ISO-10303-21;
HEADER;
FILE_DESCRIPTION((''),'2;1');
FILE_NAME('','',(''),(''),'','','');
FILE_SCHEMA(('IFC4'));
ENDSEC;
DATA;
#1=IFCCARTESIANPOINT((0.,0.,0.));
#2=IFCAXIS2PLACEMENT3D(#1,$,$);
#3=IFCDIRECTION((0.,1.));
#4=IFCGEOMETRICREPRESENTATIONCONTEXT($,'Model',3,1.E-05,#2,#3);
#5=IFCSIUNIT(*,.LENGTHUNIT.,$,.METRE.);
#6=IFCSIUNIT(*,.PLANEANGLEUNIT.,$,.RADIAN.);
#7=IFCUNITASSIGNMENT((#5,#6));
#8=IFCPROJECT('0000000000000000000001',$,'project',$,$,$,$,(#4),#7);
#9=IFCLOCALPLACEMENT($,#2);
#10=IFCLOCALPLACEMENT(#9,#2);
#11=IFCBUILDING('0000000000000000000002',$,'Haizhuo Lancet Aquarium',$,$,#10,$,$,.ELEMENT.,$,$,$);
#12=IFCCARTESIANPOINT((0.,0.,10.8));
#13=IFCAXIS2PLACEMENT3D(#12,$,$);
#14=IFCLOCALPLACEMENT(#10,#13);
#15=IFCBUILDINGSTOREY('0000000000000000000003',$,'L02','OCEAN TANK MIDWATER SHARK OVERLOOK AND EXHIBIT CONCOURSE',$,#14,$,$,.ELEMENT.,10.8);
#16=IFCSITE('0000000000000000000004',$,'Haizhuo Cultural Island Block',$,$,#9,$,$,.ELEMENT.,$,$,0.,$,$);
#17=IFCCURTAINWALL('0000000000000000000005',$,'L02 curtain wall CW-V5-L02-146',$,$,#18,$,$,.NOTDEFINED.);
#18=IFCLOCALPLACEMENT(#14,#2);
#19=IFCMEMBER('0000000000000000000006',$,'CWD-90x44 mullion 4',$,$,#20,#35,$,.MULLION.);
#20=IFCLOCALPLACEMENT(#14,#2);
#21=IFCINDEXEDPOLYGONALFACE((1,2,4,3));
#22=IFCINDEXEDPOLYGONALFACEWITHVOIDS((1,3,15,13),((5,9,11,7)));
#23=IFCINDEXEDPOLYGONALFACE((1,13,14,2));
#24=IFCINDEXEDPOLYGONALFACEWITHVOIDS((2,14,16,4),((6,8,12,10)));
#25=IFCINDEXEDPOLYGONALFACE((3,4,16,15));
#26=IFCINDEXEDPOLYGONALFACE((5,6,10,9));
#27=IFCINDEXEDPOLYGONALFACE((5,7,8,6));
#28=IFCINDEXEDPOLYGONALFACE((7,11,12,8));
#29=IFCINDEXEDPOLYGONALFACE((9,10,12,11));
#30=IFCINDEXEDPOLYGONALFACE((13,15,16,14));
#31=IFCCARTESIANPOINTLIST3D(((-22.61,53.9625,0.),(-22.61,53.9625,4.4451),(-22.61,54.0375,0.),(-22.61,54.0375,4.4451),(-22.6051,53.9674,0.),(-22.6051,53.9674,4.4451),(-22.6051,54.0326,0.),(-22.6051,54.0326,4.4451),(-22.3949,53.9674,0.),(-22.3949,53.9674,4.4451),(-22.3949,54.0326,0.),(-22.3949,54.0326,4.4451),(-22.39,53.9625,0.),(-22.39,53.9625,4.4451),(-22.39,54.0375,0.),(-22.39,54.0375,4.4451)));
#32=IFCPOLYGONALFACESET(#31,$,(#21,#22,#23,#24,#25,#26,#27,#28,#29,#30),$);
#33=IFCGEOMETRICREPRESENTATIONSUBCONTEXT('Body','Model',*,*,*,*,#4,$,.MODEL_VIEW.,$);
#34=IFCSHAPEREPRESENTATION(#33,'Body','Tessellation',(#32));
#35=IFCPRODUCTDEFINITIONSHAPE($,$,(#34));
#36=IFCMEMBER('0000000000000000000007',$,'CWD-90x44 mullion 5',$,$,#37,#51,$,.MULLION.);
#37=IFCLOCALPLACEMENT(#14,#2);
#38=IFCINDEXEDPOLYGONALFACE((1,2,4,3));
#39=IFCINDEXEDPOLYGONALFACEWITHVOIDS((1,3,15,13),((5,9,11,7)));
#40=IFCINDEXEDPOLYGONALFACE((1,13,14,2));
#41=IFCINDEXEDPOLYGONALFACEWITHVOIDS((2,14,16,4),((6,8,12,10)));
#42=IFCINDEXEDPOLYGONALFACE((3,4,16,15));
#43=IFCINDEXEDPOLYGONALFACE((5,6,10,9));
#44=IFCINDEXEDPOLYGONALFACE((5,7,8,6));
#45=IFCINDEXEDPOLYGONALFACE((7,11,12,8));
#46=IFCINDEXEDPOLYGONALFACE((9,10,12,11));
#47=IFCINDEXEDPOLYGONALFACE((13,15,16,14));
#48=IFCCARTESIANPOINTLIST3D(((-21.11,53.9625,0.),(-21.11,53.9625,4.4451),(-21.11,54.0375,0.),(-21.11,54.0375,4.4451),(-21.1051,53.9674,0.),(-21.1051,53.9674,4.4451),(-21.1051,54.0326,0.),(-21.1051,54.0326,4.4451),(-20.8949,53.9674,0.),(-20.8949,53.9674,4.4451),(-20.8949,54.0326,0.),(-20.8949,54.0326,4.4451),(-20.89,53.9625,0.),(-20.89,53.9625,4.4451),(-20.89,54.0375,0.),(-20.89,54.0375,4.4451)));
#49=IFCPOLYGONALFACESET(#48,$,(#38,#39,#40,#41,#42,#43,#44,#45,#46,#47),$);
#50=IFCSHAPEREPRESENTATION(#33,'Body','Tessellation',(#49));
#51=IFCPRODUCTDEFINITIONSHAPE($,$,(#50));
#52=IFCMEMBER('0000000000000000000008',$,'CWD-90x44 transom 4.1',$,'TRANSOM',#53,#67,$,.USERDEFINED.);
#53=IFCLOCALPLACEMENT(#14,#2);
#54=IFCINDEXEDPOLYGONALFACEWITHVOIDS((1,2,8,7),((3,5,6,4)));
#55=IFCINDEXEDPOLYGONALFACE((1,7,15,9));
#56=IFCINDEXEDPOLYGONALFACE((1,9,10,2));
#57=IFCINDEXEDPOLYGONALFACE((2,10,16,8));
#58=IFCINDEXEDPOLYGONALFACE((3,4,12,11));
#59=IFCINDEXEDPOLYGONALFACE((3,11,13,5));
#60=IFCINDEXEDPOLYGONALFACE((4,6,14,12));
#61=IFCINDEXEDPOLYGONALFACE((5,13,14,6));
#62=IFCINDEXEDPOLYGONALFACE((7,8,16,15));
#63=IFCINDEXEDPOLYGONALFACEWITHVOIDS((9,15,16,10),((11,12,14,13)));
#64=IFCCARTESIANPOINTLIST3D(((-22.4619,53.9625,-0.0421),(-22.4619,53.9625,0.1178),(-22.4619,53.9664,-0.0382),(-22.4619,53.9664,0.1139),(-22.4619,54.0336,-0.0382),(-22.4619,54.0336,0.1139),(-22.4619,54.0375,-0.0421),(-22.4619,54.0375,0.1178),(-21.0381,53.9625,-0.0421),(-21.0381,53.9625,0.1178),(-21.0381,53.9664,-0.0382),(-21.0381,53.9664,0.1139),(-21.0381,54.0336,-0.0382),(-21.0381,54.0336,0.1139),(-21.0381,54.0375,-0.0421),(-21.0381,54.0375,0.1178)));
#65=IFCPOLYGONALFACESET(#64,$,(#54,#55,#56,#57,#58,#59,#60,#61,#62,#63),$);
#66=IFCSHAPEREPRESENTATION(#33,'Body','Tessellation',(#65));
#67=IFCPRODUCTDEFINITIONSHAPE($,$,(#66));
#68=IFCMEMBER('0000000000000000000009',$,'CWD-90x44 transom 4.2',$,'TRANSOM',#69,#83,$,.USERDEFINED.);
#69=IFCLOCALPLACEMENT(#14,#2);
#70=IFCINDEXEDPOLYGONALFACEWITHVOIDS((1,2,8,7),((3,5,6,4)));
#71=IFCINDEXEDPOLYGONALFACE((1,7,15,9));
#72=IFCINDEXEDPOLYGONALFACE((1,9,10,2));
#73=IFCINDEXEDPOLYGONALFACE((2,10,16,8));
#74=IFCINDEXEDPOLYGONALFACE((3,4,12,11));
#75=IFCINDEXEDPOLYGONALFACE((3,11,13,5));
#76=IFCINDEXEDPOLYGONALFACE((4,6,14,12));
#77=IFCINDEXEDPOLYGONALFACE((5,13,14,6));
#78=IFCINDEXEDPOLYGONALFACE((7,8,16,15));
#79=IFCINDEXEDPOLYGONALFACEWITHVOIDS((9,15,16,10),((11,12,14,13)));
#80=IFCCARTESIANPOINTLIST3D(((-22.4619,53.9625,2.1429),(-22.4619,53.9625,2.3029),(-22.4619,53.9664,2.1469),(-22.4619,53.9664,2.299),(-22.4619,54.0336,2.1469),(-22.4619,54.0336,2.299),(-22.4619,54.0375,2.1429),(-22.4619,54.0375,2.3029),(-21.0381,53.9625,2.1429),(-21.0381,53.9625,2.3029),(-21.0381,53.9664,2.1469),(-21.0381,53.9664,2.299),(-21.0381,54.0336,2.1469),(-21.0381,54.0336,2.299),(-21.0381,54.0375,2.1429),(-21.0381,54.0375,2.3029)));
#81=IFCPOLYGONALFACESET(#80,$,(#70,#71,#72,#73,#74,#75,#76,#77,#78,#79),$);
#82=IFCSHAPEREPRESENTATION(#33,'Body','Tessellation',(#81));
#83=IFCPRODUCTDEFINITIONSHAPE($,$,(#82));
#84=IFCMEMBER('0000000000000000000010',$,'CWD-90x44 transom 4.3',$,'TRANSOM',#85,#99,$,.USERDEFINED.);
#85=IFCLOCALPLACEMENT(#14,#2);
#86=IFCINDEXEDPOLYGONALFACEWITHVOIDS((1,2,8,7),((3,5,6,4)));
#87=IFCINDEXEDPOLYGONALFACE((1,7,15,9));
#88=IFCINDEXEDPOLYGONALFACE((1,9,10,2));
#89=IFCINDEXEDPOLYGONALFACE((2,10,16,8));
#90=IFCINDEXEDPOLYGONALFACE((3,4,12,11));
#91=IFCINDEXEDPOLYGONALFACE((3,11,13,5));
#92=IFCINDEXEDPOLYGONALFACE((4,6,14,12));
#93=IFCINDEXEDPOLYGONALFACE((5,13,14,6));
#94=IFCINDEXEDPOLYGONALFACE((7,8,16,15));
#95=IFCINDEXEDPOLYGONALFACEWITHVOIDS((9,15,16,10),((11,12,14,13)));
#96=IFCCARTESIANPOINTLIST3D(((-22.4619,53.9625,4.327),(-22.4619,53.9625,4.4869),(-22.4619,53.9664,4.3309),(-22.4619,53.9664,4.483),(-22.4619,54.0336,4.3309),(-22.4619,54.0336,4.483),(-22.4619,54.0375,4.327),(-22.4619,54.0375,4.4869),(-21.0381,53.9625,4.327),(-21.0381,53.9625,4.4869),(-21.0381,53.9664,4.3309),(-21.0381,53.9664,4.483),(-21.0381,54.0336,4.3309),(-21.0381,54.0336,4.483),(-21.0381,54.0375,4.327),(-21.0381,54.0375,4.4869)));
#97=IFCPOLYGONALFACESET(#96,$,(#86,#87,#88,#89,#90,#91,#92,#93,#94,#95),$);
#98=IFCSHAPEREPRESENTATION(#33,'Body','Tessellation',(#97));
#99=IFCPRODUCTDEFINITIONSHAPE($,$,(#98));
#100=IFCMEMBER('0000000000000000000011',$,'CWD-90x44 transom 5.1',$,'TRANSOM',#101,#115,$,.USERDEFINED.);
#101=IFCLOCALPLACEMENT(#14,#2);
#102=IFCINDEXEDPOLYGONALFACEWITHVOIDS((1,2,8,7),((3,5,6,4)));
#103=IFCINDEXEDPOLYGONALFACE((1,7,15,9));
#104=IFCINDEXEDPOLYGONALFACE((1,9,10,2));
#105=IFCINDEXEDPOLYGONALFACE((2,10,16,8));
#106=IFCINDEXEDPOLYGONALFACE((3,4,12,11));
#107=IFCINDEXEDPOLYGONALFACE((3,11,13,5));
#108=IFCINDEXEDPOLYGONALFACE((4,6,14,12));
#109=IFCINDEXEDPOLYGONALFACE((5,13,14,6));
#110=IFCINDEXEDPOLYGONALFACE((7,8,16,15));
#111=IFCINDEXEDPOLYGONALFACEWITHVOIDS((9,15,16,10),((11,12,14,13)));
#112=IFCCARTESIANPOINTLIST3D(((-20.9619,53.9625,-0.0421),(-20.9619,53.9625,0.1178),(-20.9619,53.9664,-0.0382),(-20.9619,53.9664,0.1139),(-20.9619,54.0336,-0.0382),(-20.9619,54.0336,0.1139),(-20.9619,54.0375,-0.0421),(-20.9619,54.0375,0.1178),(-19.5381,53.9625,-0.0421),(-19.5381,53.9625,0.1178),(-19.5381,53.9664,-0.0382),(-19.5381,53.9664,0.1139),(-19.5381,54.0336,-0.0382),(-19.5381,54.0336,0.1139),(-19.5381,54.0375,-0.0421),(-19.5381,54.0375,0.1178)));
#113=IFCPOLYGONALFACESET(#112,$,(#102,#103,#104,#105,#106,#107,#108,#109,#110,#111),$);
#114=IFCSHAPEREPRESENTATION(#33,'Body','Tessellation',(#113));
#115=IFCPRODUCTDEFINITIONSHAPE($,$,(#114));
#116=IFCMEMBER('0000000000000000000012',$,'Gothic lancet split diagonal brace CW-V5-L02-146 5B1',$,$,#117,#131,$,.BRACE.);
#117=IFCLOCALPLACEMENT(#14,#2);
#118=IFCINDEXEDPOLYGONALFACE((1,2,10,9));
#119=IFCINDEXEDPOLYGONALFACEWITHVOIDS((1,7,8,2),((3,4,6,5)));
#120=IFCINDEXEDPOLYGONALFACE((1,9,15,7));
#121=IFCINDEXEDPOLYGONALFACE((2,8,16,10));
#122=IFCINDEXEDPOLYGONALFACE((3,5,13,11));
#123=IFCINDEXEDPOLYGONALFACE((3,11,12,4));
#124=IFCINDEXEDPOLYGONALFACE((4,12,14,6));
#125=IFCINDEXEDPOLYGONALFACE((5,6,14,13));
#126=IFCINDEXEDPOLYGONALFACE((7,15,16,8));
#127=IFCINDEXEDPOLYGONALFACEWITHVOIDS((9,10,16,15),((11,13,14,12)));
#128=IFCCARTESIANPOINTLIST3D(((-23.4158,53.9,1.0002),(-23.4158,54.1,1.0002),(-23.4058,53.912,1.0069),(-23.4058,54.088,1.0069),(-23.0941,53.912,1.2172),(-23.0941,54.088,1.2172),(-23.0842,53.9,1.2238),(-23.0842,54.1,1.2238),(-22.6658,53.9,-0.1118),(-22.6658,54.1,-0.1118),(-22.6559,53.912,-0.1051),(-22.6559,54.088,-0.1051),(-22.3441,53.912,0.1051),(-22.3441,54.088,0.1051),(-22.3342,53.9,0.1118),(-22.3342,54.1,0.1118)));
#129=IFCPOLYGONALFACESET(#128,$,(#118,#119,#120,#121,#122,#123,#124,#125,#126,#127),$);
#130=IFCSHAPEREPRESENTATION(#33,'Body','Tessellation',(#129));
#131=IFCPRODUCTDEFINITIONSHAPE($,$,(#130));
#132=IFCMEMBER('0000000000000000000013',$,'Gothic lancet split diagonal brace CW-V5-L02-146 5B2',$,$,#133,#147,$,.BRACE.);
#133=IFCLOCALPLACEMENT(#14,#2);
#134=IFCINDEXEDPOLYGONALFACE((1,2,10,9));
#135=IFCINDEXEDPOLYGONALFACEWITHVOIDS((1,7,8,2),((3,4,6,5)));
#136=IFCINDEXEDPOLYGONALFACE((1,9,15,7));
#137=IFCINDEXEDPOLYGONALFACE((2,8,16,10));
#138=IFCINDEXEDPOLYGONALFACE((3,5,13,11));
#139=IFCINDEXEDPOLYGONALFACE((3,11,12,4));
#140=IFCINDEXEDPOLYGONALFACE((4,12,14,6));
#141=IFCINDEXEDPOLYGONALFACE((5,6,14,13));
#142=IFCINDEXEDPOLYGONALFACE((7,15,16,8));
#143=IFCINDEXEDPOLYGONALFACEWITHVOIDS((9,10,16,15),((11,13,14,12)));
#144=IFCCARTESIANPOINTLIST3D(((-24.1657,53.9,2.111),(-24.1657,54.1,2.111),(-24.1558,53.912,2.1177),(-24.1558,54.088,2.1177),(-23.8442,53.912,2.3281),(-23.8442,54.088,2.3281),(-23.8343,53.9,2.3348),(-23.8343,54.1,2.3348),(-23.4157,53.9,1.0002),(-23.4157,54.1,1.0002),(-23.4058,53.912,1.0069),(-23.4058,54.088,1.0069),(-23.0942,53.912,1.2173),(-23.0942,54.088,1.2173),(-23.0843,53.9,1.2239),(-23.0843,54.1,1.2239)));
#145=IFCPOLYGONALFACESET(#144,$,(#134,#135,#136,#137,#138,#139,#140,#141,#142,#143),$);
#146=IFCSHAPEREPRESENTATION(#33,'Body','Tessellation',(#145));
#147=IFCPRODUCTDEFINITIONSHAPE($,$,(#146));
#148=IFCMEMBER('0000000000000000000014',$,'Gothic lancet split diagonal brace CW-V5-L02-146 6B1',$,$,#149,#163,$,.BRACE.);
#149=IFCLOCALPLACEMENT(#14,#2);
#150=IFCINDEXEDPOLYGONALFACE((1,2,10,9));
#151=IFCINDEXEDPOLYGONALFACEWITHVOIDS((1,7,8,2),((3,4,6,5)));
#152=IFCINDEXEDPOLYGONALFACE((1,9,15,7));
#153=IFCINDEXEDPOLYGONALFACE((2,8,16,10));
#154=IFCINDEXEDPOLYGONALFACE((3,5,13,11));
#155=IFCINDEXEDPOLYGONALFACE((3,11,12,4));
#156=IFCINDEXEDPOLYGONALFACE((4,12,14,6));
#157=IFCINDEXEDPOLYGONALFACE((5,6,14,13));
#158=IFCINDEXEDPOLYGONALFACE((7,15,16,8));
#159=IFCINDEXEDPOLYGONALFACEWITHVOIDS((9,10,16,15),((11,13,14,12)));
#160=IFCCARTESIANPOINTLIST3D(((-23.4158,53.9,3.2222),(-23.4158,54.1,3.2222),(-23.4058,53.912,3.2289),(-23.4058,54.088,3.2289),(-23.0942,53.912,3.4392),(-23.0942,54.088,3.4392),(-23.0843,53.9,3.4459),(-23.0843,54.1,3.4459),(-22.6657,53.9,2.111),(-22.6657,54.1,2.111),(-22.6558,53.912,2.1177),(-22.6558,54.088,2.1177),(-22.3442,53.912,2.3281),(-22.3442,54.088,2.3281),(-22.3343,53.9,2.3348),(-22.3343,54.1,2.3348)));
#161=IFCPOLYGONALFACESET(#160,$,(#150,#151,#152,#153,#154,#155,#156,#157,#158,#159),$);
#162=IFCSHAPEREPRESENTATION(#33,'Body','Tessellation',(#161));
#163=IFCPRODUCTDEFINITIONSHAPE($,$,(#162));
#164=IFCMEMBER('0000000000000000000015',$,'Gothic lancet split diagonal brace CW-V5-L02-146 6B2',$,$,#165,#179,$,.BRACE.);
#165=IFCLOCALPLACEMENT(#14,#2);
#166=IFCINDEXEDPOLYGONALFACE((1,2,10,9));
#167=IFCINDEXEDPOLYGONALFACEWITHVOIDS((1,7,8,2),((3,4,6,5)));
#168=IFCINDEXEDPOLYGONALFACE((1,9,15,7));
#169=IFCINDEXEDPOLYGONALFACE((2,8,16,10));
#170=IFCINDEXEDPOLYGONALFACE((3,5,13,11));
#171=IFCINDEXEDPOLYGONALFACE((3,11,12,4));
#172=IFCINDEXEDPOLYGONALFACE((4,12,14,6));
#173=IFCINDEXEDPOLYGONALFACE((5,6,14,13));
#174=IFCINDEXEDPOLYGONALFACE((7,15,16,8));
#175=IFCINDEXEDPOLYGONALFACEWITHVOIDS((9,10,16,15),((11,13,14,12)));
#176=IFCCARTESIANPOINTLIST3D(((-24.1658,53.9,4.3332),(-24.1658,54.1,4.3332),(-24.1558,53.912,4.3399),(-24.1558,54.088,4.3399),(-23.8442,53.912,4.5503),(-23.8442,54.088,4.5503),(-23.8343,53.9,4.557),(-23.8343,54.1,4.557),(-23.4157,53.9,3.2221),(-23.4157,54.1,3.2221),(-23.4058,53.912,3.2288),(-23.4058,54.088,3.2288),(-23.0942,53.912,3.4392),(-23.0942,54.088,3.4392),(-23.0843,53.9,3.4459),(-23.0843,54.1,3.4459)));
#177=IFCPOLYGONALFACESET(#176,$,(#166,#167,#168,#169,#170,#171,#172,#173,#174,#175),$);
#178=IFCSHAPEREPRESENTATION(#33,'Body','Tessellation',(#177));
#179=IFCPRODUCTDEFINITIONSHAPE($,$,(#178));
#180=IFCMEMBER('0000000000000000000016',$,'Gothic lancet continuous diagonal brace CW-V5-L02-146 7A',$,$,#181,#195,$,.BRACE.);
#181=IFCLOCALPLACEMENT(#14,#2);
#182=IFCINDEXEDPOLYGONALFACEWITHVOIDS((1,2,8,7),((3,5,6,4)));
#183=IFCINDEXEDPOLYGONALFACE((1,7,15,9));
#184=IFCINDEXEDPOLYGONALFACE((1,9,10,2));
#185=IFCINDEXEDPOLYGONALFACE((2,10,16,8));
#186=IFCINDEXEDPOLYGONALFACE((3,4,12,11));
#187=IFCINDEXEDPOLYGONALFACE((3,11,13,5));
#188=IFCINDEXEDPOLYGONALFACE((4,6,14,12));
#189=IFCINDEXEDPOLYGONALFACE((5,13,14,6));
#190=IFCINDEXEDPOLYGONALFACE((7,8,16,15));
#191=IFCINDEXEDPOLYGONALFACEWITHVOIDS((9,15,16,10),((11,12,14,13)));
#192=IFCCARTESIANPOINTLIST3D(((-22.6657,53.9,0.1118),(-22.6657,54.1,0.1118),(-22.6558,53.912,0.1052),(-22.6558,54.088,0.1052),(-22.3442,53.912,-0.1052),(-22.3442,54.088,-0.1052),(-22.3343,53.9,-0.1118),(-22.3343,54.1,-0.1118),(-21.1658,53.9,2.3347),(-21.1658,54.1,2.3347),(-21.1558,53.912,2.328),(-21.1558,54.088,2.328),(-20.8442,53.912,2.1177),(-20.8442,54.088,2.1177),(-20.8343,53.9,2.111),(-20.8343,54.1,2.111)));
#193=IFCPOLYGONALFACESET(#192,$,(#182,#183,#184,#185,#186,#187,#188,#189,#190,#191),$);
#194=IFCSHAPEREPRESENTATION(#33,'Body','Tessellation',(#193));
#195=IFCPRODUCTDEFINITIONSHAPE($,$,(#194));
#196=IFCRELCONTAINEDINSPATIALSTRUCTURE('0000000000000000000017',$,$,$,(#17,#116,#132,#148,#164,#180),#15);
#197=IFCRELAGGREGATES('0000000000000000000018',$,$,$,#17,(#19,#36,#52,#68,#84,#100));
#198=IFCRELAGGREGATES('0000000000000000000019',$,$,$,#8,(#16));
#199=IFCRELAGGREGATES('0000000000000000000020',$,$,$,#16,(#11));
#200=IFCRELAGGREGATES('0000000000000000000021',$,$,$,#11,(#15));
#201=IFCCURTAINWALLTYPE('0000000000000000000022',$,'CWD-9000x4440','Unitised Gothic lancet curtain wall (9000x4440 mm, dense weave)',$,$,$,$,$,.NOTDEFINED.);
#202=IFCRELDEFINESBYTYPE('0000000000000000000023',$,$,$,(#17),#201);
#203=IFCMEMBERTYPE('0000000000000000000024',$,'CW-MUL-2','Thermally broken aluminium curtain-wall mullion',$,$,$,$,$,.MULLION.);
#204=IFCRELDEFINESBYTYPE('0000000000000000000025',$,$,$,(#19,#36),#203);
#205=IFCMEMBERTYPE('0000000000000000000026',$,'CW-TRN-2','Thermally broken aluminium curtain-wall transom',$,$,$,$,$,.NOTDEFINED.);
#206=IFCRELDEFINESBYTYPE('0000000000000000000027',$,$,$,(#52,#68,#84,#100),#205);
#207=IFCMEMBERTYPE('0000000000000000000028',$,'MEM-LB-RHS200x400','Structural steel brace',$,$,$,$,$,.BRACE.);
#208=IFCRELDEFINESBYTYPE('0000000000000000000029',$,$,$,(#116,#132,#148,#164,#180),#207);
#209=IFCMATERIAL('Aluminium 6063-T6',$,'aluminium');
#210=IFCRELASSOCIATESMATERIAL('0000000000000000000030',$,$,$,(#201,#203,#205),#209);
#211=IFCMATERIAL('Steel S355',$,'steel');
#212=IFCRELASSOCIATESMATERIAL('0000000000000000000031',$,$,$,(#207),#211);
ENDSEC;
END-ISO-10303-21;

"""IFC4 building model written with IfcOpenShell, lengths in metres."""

from ifc_helpers import new_model, si_unit, direction, frame, origin, origin_2d, place, context, subcontext, project, spatial, hollow_rectangle, extrude, material, material_profile, profile_set, type_object, element, aggregate, save


model = new_model("IFC4")

# Units and contexts
model_context = context("Model", 3, precision=1e-05, world=origin(), true_north=direction((0.0, 1.0)))
body_context = subcontext(model_context, "Body", "Model", "MODEL_VIEW")
ifc_project = project(units=[si_unit("LENGTHUNIT", "METRE"), si_unit("PLANEANGLEUNIT", "RADIAN")], contexts=[model_context])

# Site, building, storey
site_placement = place(None, origin())
site = spatial("IfcSite", under=ifc_project, at=site_placement, Name="Haizhuo Cultural Island Block", CompositionType="ELEMENT", RefElevation=0.0)
building_placement = place(site_placement, origin())
building = spatial("IfcBuilding", under=site, at=building_placement, Name="Haizhuo Lancet Aquarium", CompositionType="ELEMENT")
storey_placement = place(building_placement, frame((0.0, 0.0, 10.8)))
storey = spatial("IfcBuildingStorey", under=building, at=storey_placement, Name="L02", Description="OCEAN TANK MIDWATER SHARK OVERLOOK AND EXHIBIT CONCOURSE", CompositionType="ELEMENT", Elevation=10.8)

# Curtain wall, members
ifc_material_1 = material(Name="Aluminium 6063-T6", Category="aluminium")
curtain_wall_type = type_object("IfcCurtainWallType", Name="CWD-9000x4440", Description="Unitised Gothic lancet curtain wall (9000x4440 mm, dense weave)", PredefinedType="NOTDEFINED", material=ifc_material_1)
curtain_wall_placement = place(storey_placement, origin())
curtain_wall = element("IfcCurtainWall", 1, at=curtain_wall_placement, inside=storey, type_object=curtain_wall_type, Name="L02 curtain wall CW-V5-L02-146", PredefinedType="NOTDEFINED")
ifc_material_profile_1 = material_profile(ifc_material_1, hollow_rectangle(XDim=0.075, YDim=0.22, WallThickness=0.0049, at=origin_2d()), Name="ALU-M 75x220x5")
ifc_profile_set_1 = profile_set([ifc_material_profile_1], Name="Aluminium 6063-T6")
member_type_1 = type_object("IfcMemberType", Name="CW-MUL-2", Description="Thermally broken aluminium curtain-wall mullion", PredefinedType="MULLION", material=ifc_profile_set_1)
member_1_placement = place(storey_placement, frame((-22.5, 54.0, 0.0), z_axis=(0.0, 0.0, 1.0), x_axis=(0.0, 1.0, 0.0)))
member_1 = element("IfcMember", 2, at=member_1_placement, type_object=member_type_1, Name="CWD-90x44 mullion 4", PredefinedType="MULLION", context=body_context, shape_type="SweptSolid", body=[
    extrude(hollow_rectangle(XDim=0.075, YDim=0.22, WallThickness=0.0049, at=origin_2d()), origin(), (0.0, 0.0, 1.0), 4.4451),
])
member_2_placement = place(storey_placement, frame((-21.0, 54.0, 0.0), z_axis=(0.0, 0.0, 1.0), x_axis=(0.0, 1.0, 0.0)))
member_2 = element("IfcMember", 3, at=member_2_placement, type_object=member_type_1, Name="CWD-90x44 mullion 5", PredefinedType="MULLION", context=body_context, shape_type="SweptSolid", body=[
    extrude(hollow_rectangle(XDim=0.075, YDim=0.22, WallThickness=0.0049, at=origin_2d()), origin(), (0.0, 0.0, 1.0), 4.4451),
])
ifc_material_profile_2 = material_profile(ifc_material_1, hollow_rectangle(XDim=0.075, YDim=0.1599, WallThickness=0.0039, at=origin_2d()), Name="ALU-T 75x160x4")
ifc_profile_set_2 = profile_set([ifc_material_profile_2], Name="Aluminium 6063-T6")
member_type_2 = type_object("IfcMemberType", Name="CW-TRN-2", Description="Thermally broken aluminium curtain-wall transom", PredefinedType="NOTDEFINED", material=ifc_profile_set_2)
member_3_placement = place(storey_placement, frame((-22.4619, 54.0, 0.0378), z_axis=(1.0, 0.0, 0.0), x_axis=(0.0, 1.0, 0.0)))
member_3 = element("IfcMember", 4, at=member_3_placement, type_object=member_type_2, Name="CWD-90x44 transom 4.1", ObjectType="TRANSOM", PredefinedType="USERDEFINED", context=body_context, shape_type="SweptSolid", body=[
    extrude(hollow_rectangle(XDim=0.075, YDim=0.1599, WallThickness=0.0039, at=origin_2d()), origin(), (0.0, 0.0, 1.0), 1.4238),
])
member_4_placement = place(storey_placement, frame((-22.4619, 54.0, 2.2229), z_axis=(1.0, 0.0, 0.0), x_axis=(0.0, 1.0, 0.0)))
member_4 = element("IfcMember", 5, at=member_4_placement, type_object=member_type_2, Name="CWD-90x44 transom 4.2", ObjectType="TRANSOM", PredefinedType="USERDEFINED", context=body_context, shape_type="SweptSolid", body=[
    extrude(hollow_rectangle(XDim=0.075, YDim=0.1599, WallThickness=0.0039, at=origin_2d()), origin(), (0.0, 0.0, 1.0), 1.4238),
])
member_5_placement = place(storey_placement, frame((-22.4619, 54.0, 4.407), z_axis=(1.0, 0.0, 0.0), x_axis=(0.0, 1.0, 0.0)))
member_5 = element("IfcMember", 6, at=member_5_placement, type_object=member_type_2, Name="CWD-90x44 transom 4.3", ObjectType="TRANSOM", PredefinedType="USERDEFINED", context=body_context, shape_type="SweptSolid", body=[
    extrude(hollow_rectangle(XDim=0.075, YDim=0.1599, WallThickness=0.0039, at=origin_2d()), origin(), (0.0, 0.0, 1.0), 1.4238),
])
member_6_placement = place(storey_placement, frame((-20.9619, 54.0, 0.0378), z_axis=(1.0, 0.0, 0.0), x_axis=(0.0, 1.0, 0.0)))
member_6 = element("IfcMember", 7, at=member_6_placement, type_object=member_type_2, Name="CWD-90x44 transom 5.1", ObjectType="TRANSOM", PredefinedType="USERDEFINED", context=body_context, shape_type="SweptSolid", body=[
    extrude(hollow_rectangle(XDim=0.075, YDim=0.1599, WallThickness=0.0039, at=origin_2d()), origin(), (0.0, 0.0, 1.0), 1.4238),
])

# Members
ifc_material_2 = material(Name="Steel S355", Category="steel")
ifc_material_profile_3 = material_profile(ifc_material_2, hollow_rectangle(XDim=0.2, YDim=0.3999, WallThickness=0.012, at=origin_2d()), Name="RHS 200x400x12")
ifc_profile_set_3 = profile_set([ifc_material_profile_3], Name="Steel S355")
member_type_3 = type_object("IfcMemberType", Name="MEM-LB-RHS200x400", Description="Structural steel brace", PredefinedType="BRACE", material=ifc_profile_set_3)
member_7_placement = place(storey_placement, frame((-22.5, 54.0, 0.0), z_axis=(-0.559145, 0.0, 0.82907), x_axis=(0.0, -1.0, 0.0)))
element("IfcMember", 8, at=member_7_placement, inside=storey, type_object=member_type_3, Name="Gothic lancet split diagonal brace CW-V5-L02-146 5B1", PredefinedType="BRACE", context=body_context, shape_type="SweptSolid", body=[
    extrude(hollow_rectangle(XDim=0.2, YDim=0.3999, WallThickness=0.012, at=origin_2d()), origin(), (0.0, 0.0, 1.0), 1.3413),
])
member_8_placement = place(storey_placement, frame((-23.25, 54.0, 1.1121), z_axis=(-0.559567, 0.0, 0.828785), x_axis=(0.0, -1.0, 0.0)))
element("IfcMember", 9, at=member_8_placement, inside=storey, type_object=member_type_3, Name="Gothic lancet split diagonal brace CW-V5-L02-146 5B2", PredefinedType="BRACE", context=body_context, shape_type="SweptSolid", body=[
    extrude(hollow_rectangle(XDim=0.2, YDim=0.3999, WallThickness=0.012, at=origin_2d()), origin(), (0.0, 0.0, 1.0), 1.3403),
])
for number, where, z_axis, x_axis, name in (
    (10, (-22.5, 54.0, 2.2229), (-0.559482, 0.0, 0.828842), (0.0, -1.0, 0.0), "Gothic lancet split diagonal brace CW-V5-L02-146 6B1"),
    (11, (-23.25, 54.0, 3.334), (-0.559482, 0.0, 0.828842), (0.0, -1.0, 0.0), "Gothic lancet split diagonal brace CW-V5-L02-146 6B2"),
):
    element("IfcMember", number, at=place(storey_placement, frame(where, z_axis=z_axis, x_axis=x_axis)), inside=storey, type_object=member_type_3, Name=name, PredefinedType="BRACE", context=body_context, shape_type="SweptSolid", body=[
        extrude(hollow_rectangle(XDim=0.2, YDim=0.3999, WallThickness=0.012, at=origin_2d()), origin(), (0.0, 0.0, 1.0), 1.3406),
    ])
member_9_placement = place(storey_placement, frame((-22.5, 54.0, 0.0), z_axis=(0.559356, 0.0, 0.828928), x_axis=(0.0, 1.0, 0.0)))
element("IfcMember", 12, at=member_9_placement, inside=storey, type_object=member_type_3, Name="Gothic lancet continuous diagonal brace CW-V5-L02-146 7A", PredefinedType="BRACE", context=body_context, shape_type="SweptSolid", body=[
    extrude(hollow_rectangle(XDim=0.2, YDim=0.3999, WallThickness=0.012, at=origin_2d()), origin(), (0.0, 0.0, 1.0), 2.6816),
])

aggregate(curtain_wall, [member_1, member_2, member_3, member_4, member_5, member_6])

save(model, "model.ifc")
